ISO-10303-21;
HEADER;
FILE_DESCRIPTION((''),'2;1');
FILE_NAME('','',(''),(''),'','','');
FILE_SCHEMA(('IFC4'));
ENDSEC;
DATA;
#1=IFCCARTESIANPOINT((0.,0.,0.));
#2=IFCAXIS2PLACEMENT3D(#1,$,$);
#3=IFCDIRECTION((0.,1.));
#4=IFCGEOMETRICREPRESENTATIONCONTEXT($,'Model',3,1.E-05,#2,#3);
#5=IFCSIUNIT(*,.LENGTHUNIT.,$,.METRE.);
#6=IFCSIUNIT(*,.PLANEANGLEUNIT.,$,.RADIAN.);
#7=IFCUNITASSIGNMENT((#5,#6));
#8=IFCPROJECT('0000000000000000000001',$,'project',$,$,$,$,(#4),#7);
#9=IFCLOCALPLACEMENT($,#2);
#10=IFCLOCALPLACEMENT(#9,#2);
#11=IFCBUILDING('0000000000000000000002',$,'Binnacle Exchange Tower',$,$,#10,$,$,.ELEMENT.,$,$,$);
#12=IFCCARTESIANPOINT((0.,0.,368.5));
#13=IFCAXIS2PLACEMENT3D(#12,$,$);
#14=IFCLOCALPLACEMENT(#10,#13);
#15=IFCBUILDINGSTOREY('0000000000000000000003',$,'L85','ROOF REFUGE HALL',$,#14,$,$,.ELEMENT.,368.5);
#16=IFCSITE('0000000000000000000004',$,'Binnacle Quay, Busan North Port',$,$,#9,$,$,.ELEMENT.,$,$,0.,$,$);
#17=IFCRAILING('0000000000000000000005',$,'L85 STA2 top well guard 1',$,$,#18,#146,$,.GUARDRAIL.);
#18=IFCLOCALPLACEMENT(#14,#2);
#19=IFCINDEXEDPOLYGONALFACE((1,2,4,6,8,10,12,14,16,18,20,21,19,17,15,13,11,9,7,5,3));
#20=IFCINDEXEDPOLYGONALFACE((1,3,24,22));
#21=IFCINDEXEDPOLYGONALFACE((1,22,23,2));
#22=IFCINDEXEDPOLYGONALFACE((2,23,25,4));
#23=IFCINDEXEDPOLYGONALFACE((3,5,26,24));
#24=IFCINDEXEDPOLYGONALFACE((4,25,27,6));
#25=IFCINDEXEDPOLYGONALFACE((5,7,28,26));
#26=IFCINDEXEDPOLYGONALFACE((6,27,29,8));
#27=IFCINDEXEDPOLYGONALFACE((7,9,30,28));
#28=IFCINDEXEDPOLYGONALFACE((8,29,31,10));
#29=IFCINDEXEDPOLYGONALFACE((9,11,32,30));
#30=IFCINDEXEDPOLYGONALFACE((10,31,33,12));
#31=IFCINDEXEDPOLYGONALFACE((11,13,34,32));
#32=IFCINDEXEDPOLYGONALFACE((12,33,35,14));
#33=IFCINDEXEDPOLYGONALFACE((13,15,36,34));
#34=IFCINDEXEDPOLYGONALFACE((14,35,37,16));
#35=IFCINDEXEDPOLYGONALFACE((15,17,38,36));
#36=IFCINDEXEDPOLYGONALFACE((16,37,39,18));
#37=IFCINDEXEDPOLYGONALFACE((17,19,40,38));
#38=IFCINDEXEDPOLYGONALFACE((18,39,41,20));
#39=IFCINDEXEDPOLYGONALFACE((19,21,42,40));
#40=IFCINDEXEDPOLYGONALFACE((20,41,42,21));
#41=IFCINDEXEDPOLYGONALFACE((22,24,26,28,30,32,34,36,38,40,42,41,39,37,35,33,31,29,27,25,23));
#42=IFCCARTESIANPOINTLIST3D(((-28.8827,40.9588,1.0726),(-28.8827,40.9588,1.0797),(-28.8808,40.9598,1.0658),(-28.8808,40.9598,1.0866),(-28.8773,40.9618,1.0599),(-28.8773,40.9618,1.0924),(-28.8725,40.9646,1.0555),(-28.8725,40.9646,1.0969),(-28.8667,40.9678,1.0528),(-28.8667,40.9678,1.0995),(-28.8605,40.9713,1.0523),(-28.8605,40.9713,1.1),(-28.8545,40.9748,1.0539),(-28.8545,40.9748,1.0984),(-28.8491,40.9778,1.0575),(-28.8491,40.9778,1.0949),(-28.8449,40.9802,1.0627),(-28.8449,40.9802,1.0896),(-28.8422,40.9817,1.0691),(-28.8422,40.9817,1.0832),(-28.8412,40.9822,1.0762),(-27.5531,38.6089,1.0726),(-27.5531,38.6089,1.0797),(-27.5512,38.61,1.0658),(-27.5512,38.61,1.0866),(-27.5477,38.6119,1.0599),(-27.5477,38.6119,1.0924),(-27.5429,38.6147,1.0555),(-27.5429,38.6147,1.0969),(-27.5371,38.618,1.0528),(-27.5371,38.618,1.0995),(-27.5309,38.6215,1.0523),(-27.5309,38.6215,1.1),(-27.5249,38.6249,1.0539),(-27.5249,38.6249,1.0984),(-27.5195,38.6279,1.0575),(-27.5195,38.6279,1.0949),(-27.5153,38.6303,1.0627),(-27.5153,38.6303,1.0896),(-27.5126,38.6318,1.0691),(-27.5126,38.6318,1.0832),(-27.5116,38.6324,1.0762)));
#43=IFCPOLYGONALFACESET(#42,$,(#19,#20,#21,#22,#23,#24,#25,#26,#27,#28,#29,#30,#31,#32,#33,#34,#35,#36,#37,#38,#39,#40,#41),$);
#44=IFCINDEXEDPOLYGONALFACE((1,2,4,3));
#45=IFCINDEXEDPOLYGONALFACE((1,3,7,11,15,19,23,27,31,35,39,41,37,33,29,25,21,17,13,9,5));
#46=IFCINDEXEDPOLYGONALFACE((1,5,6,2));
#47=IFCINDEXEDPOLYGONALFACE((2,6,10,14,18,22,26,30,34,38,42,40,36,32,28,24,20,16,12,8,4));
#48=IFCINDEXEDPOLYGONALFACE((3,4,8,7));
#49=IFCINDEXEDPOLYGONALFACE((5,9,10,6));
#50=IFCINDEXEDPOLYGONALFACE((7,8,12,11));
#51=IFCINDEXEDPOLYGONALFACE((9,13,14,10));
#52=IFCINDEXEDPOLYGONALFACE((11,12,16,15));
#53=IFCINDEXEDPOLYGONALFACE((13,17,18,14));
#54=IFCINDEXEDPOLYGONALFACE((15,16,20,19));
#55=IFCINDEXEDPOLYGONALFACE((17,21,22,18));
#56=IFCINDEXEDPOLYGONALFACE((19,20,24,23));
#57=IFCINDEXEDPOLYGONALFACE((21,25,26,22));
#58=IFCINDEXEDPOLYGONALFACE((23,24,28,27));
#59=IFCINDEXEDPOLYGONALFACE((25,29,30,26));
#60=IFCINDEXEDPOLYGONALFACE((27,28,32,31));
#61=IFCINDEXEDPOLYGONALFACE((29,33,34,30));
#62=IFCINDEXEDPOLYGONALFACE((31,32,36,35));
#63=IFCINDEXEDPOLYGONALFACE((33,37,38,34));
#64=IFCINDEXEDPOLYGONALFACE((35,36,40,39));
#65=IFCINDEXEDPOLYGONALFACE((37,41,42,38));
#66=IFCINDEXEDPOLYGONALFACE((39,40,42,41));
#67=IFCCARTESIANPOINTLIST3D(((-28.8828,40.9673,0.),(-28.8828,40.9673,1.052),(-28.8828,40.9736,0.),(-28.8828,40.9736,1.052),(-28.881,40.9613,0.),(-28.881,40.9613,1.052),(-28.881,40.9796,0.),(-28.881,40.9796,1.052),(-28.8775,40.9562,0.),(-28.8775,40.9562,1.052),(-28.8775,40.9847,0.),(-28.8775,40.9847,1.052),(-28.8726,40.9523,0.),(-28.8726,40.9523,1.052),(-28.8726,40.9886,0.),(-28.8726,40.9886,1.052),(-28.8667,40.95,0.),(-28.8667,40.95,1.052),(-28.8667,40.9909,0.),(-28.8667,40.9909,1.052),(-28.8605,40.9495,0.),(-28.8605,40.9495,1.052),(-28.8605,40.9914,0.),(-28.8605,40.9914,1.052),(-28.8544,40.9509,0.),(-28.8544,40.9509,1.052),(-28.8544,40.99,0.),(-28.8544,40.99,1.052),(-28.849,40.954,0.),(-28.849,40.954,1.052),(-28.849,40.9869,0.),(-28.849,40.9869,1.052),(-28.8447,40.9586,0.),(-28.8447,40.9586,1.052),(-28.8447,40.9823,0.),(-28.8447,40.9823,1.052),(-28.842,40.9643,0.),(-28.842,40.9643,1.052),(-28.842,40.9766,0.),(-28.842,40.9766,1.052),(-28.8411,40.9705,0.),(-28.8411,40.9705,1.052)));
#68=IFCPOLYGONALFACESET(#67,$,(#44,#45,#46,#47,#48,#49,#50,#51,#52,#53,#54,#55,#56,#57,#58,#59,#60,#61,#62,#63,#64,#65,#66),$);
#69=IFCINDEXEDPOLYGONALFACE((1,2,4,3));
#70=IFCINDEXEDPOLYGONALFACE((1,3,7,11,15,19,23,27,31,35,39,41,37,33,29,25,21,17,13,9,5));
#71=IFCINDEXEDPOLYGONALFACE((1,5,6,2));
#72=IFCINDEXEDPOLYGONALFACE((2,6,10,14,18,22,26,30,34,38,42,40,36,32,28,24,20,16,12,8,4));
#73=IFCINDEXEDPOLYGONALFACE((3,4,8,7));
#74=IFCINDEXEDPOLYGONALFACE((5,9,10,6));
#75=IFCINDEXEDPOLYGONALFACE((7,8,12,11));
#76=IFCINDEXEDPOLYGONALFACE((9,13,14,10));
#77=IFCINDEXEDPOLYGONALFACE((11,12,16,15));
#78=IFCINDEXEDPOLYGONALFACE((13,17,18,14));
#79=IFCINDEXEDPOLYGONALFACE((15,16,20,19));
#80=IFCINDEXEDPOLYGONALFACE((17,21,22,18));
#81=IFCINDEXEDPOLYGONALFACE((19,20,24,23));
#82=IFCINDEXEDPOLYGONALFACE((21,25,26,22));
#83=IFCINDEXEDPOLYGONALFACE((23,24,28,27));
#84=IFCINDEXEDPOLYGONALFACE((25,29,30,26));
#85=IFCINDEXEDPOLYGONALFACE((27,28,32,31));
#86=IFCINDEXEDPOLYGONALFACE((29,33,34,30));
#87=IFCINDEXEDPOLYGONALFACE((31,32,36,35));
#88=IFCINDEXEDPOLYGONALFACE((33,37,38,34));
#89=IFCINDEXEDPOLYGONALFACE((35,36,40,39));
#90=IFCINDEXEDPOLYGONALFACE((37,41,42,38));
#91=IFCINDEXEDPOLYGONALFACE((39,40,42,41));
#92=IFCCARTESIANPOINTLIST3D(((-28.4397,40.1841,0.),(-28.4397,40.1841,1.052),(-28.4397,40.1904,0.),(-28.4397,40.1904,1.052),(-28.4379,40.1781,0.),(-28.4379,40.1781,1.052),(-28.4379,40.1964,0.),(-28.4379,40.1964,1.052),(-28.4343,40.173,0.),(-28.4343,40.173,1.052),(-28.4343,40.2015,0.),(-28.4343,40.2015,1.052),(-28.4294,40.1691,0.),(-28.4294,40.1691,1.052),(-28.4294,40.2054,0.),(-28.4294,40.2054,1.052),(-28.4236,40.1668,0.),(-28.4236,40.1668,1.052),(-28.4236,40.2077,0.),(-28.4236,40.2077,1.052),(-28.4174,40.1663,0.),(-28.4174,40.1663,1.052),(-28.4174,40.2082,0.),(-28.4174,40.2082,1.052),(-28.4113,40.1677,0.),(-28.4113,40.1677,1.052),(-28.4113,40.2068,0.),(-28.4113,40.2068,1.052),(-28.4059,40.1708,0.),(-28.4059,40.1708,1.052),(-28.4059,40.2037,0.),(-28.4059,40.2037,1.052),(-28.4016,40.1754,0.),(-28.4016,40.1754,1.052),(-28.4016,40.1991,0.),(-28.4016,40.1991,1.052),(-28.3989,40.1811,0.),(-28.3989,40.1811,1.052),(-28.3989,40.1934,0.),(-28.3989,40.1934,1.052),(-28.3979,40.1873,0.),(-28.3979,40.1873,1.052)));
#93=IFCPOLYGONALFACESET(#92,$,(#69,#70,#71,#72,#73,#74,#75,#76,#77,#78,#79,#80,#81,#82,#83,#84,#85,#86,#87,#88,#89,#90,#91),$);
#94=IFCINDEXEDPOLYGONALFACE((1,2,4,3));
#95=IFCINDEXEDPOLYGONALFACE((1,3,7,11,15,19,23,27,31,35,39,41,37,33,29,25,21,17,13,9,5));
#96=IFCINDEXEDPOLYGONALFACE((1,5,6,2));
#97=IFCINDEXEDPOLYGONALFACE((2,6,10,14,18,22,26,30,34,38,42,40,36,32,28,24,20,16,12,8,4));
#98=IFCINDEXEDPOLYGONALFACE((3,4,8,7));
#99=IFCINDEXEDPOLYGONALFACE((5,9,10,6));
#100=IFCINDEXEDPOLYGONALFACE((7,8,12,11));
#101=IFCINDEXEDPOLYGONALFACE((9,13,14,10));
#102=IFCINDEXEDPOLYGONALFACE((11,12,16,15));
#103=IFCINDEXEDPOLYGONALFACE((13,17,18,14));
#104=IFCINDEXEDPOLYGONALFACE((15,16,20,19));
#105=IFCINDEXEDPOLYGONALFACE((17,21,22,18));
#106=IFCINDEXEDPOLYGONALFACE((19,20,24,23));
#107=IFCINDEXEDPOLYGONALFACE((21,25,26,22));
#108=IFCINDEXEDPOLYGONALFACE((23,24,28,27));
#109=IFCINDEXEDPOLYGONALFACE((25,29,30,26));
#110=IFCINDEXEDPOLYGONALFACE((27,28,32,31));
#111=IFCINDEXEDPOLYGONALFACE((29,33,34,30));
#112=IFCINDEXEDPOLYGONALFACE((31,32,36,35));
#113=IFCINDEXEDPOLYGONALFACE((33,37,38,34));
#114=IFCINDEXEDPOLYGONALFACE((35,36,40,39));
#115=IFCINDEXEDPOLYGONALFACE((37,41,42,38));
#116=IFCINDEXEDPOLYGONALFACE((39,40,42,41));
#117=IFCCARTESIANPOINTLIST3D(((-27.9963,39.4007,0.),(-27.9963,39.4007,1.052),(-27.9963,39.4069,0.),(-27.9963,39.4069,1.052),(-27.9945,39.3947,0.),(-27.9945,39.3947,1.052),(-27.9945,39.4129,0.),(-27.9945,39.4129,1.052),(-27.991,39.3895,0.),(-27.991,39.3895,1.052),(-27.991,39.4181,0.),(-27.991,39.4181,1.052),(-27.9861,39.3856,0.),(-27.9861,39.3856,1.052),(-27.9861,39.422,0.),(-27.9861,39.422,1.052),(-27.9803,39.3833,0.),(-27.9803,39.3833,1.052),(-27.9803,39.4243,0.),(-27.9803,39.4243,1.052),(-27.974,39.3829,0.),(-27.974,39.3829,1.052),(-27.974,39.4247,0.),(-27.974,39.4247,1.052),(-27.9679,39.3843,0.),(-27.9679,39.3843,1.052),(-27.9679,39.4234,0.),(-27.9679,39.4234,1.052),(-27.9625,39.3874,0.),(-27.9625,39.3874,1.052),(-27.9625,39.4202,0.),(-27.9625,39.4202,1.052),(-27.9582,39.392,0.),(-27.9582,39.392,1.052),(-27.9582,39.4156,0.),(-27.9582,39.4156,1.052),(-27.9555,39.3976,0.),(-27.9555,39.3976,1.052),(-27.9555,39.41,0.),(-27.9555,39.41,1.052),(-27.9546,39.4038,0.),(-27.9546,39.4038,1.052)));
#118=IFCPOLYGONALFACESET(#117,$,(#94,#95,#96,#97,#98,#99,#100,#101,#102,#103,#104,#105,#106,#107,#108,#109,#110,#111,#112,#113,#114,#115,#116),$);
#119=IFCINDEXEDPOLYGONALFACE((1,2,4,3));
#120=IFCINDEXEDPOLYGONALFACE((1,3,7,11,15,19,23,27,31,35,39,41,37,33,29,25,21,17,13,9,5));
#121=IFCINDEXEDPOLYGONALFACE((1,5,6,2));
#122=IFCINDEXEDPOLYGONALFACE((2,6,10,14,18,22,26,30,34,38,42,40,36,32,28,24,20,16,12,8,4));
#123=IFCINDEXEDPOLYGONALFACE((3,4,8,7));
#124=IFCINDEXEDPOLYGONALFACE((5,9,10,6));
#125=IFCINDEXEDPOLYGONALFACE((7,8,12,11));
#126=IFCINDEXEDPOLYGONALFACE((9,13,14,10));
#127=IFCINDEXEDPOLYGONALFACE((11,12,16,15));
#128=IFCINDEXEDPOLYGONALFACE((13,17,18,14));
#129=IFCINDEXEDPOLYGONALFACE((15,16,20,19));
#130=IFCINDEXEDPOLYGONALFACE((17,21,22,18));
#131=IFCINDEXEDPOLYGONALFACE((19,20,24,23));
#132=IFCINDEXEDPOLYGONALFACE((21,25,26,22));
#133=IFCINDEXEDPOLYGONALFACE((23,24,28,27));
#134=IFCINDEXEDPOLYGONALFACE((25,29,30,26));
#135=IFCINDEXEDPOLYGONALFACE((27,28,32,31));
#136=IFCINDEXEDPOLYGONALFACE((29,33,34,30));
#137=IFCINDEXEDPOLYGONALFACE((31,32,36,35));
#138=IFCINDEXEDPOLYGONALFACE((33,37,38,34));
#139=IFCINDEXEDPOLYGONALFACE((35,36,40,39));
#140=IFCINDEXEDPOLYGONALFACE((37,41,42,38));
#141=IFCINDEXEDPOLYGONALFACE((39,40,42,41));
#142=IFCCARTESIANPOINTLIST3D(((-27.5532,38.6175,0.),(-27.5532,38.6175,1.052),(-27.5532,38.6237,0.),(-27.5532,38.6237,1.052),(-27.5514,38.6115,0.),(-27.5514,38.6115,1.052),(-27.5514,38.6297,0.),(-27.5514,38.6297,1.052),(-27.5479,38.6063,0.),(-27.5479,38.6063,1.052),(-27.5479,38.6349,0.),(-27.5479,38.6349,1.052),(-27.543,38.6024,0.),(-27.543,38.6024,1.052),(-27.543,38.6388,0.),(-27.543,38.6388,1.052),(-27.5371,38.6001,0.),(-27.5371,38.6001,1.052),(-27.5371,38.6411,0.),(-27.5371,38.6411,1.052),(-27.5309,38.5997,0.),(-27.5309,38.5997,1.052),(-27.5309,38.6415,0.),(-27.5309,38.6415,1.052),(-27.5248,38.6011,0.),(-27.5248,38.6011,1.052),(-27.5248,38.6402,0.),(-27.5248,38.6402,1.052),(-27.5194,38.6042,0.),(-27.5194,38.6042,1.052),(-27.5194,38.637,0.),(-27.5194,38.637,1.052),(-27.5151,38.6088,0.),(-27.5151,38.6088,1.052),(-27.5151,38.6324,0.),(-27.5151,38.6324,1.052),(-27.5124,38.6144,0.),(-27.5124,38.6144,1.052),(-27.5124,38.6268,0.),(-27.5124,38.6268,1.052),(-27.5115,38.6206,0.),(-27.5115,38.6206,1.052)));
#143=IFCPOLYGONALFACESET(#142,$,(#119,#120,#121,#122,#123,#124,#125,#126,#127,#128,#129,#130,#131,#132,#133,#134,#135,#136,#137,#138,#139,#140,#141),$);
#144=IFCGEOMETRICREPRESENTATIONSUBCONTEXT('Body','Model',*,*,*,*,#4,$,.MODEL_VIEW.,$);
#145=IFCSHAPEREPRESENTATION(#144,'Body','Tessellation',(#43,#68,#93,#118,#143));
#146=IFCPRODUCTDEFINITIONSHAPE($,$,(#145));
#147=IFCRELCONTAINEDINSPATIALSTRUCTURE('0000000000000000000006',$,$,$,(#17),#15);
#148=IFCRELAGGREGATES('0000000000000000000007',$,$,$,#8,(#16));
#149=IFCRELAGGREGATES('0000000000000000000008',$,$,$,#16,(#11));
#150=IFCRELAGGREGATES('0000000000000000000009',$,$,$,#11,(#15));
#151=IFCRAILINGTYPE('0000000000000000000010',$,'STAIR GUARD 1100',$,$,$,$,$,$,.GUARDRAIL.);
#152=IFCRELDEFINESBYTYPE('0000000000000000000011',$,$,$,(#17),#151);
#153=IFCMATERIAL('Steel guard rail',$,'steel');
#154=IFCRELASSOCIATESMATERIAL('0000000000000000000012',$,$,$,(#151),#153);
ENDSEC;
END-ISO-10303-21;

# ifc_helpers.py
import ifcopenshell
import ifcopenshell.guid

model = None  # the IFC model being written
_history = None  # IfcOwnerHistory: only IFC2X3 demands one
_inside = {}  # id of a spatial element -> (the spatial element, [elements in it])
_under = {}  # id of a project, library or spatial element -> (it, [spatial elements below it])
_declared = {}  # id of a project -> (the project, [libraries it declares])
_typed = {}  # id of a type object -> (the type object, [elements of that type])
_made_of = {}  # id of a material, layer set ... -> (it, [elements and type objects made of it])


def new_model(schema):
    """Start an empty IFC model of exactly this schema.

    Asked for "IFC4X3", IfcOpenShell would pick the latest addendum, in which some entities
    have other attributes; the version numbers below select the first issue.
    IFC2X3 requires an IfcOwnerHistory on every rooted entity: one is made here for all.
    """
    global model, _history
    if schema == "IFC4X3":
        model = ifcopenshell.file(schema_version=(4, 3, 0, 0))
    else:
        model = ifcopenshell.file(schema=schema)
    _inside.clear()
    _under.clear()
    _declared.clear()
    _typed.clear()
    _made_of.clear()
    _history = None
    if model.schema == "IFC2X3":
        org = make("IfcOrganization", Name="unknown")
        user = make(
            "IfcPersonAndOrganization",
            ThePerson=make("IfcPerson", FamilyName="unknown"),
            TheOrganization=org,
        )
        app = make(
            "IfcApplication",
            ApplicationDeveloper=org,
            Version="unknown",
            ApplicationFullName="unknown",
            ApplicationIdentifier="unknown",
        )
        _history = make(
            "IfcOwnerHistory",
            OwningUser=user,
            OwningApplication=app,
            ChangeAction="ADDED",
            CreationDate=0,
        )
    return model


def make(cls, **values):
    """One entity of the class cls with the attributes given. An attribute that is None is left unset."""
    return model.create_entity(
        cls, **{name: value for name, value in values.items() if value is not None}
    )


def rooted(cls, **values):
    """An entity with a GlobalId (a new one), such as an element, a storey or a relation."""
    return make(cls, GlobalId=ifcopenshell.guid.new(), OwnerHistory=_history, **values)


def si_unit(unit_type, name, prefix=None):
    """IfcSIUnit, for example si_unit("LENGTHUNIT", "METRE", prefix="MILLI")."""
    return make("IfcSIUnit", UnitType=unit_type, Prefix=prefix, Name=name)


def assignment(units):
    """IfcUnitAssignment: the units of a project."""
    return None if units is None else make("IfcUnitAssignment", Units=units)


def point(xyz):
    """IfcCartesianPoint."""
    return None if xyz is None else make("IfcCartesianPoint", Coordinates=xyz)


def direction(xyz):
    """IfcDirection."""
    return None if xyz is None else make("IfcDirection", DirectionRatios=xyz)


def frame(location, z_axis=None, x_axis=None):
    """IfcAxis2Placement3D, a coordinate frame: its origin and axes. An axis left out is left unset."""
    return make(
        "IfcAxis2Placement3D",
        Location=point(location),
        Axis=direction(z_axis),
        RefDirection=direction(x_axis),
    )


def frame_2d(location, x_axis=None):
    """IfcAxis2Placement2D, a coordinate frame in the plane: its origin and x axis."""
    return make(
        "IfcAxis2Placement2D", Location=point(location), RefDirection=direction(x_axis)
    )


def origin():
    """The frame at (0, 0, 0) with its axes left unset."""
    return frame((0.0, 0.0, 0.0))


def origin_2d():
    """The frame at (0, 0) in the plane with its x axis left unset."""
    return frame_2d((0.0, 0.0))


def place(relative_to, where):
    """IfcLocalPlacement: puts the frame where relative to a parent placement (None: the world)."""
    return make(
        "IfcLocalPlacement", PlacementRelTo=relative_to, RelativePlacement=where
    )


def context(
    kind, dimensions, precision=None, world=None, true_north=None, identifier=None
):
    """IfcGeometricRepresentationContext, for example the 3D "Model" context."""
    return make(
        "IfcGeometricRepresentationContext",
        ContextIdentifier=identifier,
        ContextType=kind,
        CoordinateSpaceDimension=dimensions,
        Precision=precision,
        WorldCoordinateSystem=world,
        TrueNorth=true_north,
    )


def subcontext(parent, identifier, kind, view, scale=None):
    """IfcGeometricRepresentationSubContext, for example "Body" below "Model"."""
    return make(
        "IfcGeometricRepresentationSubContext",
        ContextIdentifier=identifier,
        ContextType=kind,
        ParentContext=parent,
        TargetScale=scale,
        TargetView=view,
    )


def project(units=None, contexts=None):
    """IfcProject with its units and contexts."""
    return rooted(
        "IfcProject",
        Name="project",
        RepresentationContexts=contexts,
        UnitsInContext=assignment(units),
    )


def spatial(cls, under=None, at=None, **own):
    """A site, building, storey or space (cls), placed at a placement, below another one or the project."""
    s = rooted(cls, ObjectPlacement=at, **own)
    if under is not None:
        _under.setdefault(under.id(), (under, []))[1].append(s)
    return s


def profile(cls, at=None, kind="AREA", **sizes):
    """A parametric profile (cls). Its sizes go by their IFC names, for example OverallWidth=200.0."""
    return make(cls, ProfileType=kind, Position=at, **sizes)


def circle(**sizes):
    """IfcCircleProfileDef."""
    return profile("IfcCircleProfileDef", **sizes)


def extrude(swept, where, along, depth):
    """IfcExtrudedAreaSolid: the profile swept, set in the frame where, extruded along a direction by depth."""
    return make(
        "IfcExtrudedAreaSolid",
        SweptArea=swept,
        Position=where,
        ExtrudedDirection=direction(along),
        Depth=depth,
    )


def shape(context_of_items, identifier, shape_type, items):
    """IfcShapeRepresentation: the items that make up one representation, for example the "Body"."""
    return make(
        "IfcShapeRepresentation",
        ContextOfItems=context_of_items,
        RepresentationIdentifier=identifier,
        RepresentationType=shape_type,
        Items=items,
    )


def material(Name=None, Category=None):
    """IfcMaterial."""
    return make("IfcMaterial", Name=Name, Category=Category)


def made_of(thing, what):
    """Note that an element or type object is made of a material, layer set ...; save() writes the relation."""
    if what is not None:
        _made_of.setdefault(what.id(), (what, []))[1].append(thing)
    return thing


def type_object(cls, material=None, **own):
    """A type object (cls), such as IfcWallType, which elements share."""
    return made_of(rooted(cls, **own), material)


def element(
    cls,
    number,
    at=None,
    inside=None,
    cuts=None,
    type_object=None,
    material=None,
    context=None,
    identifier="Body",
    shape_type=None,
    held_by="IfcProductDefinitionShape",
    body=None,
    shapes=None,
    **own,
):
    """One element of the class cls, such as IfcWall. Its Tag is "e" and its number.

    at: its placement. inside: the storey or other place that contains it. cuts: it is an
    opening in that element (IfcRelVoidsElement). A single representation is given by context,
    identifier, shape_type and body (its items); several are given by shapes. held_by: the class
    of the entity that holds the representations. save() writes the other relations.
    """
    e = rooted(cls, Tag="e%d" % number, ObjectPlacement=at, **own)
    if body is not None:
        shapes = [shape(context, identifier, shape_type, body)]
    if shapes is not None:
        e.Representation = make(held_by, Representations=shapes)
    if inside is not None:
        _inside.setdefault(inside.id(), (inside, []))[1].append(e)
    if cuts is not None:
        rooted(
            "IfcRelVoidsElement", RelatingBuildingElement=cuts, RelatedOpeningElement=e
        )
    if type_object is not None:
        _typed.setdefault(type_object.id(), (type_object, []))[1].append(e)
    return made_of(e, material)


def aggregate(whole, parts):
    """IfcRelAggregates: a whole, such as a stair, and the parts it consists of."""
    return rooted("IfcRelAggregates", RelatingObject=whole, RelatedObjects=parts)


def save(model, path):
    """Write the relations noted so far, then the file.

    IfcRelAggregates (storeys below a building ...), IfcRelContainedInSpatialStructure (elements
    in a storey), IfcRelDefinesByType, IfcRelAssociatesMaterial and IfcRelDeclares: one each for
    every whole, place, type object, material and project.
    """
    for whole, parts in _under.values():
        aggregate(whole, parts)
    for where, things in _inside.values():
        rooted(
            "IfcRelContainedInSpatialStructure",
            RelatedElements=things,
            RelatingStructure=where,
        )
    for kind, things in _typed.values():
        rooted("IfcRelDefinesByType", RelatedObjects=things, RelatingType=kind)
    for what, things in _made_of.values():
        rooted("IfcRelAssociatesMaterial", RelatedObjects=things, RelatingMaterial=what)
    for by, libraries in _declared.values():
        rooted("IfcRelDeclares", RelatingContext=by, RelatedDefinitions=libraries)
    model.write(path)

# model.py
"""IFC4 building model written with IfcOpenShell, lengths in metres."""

from ifc_helpers import new_model, si_unit, direction, frame, origin, origin_2d, place, context, subcontext, project, spatial, circle, extrude, material, type_object, element, save


model = new_model("IFC4")

# Units and contexts
model_context = context("Model", 3, precision=1e-05, world=origin(), true_north=direction((0.0, 1.0)))
body_context = subcontext(model_context, "Body", "Model", "MODEL_VIEW")
ifc_project = project(units=[si_unit("LENGTHUNIT", "METRE"), si_unit("PLANEANGLEUNIT", "RADIAN")], contexts=[model_context])

# Site, building, storey
site_placement = place(None, origin())
site = spatial("IfcSite", under=ifc_project, at=site_placement, Name="Binnacle Quay, Busan North Port", CompositionType="ELEMENT", RefElevation=0.0)
building_placement = place(site_placement, origin())
building = spatial("IfcBuilding", under=site, at=building_placement, Name="Binnacle Exchange Tower", CompositionType="ELEMENT")
storey_placement = place(building_placement, frame((0.0, 0.0, 368.5)))
storey = spatial("IfcBuildingStorey", under=building, at=storey_placement, Name="L85", Description="ROOF REFUGE HALL", CompositionType="ELEMENT", Elevation=368.5)

# Railing
ifc_material_1 = material(Name="Steel guard rail", Category="steel")
railing_type = type_object("IfcRailingType", Name="STAIR GUARD 1100", PredefinedType="GUARDRAIL", material=ifc_material_1)
railing_placement = place(storey_placement, frame((-28.8621, 40.9705, 0.0)))
element("IfcRailing", 1, at=railing_placement, inside=storey, type_object=railing_type, Name="L85 STA2 top well guard 1", PredefinedType="GUARDRAIL", context=body_context, shape_type="SweptSolid", body=[
    extrude(circle(Radius=0.0239, at=origin_2d()), frame((0.0, 0.0, 1.0762), z_axis=(0.492453, -0.870339, 0.0), x_axis=(0.870339, 0.492453, 0.0)), (0.0, 0.0, 1.0), 2.7),
    extrude(circle(Radius=0.021, at=origin_2d()), origin(), (0.0, 0.0, 1.0), 1.052),
    extrude(circle(Radius=0.021, at=origin_2d()), frame((0.4431, -0.7832, 0.0)), (0.0, 0.0, 1.0), 1.052),
    extrude(circle(Radius=0.021, at=origin_2d()), frame((0.8865, -1.5667, 0.0)), (0.0, 0.0, 1.0), 1.052),
    extrude(circle(Radius=0.021, at=origin_2d()), frame((1.3296, -2.3499, 0.0)), (0.0, 0.0, 1.0), 1.052),
])

save(model, "model.ifc")
